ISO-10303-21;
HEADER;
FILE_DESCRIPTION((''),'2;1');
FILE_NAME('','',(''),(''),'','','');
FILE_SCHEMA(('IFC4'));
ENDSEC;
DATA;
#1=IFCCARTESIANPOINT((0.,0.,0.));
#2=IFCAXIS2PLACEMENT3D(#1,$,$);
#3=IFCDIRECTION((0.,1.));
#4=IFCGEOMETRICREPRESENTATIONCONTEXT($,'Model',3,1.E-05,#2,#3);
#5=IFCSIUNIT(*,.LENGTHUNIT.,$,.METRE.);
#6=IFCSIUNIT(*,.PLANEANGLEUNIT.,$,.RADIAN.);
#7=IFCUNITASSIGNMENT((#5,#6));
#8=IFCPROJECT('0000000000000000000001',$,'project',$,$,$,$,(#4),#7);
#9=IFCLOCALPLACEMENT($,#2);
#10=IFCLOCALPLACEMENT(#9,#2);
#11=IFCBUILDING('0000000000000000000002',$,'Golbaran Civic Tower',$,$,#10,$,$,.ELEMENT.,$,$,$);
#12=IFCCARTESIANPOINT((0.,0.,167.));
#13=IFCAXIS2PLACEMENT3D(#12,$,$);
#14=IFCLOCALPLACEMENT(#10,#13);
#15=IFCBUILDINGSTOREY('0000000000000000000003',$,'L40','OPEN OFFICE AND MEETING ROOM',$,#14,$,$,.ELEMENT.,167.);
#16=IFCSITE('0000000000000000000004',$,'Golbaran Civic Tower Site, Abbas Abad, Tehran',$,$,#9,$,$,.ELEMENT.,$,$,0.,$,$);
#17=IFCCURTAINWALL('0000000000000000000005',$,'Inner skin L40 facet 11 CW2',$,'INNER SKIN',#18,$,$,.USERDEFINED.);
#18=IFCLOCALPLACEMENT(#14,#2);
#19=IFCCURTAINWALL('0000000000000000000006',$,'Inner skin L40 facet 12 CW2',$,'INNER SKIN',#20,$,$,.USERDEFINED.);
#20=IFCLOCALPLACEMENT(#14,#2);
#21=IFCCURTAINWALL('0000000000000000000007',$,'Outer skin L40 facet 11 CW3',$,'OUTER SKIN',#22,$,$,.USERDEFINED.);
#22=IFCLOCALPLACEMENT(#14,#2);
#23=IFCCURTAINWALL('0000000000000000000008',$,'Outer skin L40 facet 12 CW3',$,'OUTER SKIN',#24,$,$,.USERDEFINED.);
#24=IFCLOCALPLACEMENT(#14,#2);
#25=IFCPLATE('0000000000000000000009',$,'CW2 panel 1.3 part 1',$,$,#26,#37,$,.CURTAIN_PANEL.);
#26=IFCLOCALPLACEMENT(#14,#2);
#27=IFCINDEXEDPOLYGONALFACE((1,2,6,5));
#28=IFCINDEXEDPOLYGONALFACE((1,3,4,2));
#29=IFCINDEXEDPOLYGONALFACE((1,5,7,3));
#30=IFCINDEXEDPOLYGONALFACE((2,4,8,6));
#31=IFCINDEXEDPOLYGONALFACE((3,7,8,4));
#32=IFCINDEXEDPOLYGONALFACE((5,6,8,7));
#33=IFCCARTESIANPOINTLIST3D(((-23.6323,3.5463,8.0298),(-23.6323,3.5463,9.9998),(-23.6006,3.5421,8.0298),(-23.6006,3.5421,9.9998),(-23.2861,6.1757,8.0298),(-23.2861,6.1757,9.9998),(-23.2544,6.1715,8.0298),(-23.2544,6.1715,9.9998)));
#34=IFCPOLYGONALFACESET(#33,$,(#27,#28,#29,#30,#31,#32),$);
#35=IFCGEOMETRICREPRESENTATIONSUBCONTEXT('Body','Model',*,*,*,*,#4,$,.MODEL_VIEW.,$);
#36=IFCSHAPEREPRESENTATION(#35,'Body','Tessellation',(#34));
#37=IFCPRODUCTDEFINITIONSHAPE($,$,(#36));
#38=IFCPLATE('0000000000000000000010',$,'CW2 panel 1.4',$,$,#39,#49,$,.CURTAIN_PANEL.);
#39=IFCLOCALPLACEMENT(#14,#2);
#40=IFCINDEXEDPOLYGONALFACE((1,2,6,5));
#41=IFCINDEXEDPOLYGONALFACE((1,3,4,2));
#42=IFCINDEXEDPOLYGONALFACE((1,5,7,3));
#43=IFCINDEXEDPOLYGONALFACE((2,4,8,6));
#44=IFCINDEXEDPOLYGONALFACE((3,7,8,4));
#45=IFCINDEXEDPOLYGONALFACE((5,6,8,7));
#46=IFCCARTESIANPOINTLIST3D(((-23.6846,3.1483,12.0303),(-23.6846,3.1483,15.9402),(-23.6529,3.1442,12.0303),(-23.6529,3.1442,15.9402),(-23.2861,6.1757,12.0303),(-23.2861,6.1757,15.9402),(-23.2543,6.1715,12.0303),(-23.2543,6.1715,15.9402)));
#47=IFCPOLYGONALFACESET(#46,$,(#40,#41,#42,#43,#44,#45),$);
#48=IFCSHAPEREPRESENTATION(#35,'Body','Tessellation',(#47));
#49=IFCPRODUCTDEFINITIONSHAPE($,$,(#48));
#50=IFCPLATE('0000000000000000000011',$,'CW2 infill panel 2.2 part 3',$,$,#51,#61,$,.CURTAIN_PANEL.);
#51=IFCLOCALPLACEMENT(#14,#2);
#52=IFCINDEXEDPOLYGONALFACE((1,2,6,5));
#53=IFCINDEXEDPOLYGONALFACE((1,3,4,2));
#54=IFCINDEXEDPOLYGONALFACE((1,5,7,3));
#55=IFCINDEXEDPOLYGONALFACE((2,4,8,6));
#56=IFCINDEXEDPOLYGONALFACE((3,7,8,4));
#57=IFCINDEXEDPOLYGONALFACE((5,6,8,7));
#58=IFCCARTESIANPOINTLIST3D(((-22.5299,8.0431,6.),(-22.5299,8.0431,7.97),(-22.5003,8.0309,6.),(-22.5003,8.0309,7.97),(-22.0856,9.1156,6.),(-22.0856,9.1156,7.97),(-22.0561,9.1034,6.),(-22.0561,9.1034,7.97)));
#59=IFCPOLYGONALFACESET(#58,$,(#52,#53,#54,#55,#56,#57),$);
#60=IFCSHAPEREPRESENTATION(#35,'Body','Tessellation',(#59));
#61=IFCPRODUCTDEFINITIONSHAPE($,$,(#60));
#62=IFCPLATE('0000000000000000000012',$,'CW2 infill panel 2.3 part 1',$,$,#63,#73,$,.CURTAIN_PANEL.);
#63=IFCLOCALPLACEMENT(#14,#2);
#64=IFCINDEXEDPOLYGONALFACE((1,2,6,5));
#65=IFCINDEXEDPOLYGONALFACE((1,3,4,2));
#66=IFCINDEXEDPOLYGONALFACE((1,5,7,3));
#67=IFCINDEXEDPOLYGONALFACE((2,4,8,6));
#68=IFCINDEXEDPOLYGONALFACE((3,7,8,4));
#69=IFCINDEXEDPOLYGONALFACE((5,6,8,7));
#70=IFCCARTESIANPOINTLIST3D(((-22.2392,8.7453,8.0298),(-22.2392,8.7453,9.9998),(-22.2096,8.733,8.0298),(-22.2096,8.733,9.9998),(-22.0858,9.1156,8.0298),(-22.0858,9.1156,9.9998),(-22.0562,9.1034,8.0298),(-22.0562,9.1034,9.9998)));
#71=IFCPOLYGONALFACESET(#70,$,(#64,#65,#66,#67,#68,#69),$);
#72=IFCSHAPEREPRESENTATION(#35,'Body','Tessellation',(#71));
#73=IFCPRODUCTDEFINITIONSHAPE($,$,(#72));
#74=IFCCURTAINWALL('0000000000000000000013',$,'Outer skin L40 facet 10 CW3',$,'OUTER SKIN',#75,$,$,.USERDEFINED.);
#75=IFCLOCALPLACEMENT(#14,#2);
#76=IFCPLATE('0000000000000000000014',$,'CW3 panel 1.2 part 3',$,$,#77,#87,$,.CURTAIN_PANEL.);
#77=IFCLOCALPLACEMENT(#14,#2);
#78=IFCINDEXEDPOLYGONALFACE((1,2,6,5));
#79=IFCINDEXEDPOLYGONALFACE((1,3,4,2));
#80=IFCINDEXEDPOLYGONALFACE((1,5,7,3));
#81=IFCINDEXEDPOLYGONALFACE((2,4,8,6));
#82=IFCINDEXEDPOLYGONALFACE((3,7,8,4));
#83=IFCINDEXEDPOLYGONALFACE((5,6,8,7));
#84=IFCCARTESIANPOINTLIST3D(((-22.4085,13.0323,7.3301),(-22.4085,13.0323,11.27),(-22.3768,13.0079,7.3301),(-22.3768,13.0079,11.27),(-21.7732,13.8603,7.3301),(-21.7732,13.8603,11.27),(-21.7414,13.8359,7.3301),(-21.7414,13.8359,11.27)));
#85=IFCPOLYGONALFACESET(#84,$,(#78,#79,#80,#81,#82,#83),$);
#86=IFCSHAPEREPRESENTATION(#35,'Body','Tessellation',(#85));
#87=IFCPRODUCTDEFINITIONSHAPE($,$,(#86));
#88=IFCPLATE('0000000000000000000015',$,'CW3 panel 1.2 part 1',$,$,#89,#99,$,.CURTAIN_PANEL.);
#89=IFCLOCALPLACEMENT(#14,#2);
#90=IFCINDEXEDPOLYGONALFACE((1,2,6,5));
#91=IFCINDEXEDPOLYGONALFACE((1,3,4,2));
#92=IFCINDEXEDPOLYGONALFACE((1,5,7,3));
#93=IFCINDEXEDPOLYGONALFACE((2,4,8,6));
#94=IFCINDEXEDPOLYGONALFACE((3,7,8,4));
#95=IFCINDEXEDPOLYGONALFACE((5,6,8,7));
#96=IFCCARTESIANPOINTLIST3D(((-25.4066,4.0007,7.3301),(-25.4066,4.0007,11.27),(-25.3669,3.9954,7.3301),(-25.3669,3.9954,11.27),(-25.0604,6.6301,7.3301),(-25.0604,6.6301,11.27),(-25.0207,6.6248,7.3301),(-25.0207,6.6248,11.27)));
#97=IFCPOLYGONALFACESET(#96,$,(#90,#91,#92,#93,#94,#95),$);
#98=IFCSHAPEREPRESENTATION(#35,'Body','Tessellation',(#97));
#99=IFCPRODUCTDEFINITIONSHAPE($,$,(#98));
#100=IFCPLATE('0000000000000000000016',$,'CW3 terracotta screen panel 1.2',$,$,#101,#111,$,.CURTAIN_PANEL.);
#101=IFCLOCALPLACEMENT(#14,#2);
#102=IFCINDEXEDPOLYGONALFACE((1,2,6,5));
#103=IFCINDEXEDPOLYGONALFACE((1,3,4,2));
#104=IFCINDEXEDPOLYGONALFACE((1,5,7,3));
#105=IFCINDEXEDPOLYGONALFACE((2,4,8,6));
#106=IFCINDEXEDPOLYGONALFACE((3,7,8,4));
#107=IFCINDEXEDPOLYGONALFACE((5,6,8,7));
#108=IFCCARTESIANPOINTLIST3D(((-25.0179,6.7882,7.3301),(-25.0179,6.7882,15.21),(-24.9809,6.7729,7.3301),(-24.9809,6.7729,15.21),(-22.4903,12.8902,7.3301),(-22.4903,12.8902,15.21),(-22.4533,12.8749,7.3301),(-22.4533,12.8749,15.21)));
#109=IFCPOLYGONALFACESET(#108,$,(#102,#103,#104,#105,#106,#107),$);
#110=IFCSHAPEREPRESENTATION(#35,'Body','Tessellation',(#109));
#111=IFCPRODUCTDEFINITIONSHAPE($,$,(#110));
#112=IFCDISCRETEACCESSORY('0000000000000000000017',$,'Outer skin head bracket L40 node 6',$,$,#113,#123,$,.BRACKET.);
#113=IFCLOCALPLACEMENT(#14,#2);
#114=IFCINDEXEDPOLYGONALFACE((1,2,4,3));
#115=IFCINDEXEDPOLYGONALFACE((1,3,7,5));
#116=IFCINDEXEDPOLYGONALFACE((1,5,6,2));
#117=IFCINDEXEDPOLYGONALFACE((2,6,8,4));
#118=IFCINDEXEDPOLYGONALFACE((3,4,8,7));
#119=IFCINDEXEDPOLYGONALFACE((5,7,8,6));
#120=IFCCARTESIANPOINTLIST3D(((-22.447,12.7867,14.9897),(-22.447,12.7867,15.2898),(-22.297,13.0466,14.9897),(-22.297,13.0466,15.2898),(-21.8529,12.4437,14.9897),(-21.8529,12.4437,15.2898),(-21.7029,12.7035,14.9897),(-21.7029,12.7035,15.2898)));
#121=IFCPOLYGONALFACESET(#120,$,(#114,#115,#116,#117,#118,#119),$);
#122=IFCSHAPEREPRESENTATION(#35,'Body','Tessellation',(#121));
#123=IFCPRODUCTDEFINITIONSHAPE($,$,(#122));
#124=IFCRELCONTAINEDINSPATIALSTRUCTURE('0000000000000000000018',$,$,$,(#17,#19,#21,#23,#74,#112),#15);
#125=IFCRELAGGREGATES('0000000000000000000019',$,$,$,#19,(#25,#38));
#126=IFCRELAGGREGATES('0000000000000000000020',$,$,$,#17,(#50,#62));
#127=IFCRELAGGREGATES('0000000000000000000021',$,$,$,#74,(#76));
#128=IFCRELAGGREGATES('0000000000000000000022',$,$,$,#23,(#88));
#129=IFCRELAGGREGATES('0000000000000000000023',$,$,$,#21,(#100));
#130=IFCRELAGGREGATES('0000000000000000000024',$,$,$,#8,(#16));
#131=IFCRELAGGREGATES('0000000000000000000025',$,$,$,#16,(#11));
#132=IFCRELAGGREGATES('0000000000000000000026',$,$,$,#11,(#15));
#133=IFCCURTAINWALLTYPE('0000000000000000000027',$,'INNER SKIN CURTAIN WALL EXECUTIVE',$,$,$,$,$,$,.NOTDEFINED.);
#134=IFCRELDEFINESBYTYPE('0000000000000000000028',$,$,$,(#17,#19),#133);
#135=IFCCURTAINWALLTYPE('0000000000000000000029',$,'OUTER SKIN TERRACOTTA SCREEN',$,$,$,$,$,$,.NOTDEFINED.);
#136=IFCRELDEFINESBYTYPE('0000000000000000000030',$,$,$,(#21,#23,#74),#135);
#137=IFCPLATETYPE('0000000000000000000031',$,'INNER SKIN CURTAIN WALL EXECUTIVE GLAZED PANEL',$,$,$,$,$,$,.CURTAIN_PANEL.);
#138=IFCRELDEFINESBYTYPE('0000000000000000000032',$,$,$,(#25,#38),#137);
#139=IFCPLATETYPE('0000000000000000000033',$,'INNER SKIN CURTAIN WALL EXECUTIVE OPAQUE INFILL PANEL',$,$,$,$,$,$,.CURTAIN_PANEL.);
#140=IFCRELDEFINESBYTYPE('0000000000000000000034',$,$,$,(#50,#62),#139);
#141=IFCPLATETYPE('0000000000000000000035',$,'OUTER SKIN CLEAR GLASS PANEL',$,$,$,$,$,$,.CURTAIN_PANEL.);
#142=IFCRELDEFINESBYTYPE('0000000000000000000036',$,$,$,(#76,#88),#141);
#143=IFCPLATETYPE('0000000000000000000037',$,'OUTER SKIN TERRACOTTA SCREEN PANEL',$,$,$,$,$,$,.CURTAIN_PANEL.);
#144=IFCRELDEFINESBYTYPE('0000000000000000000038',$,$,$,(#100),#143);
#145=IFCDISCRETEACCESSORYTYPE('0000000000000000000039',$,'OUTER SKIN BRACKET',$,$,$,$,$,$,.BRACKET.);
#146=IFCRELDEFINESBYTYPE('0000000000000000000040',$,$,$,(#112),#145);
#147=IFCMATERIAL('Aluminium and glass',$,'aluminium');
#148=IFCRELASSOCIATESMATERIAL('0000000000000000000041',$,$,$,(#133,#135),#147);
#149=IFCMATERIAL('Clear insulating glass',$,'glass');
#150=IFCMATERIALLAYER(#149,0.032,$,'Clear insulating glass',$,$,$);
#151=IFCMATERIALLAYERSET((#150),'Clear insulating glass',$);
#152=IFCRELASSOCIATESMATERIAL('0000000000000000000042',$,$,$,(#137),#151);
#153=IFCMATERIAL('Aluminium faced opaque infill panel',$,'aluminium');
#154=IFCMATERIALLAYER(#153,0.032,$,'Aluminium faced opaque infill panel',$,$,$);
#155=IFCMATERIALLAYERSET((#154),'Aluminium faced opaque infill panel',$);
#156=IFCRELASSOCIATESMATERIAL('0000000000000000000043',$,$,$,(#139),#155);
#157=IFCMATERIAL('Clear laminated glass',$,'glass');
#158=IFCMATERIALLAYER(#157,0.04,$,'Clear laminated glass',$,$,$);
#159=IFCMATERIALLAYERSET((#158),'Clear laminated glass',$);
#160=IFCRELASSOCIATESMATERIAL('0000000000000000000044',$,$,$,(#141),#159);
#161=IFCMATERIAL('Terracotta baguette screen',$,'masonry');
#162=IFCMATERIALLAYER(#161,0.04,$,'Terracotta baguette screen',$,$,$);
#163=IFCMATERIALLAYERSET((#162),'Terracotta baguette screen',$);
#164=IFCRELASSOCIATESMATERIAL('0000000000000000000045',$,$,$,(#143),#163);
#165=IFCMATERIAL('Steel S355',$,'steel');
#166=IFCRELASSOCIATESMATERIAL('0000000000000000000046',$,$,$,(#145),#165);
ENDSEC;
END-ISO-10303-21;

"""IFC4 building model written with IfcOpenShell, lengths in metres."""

from ifc_helpers import new_model, si_unit, direction, frame, origin, origin_2d, place, context, subcontext, project, spatial, rectangle, extrude, material, layer, layer_set, type_object, element, aggregate, save


model = new_model("IFC4")

# Units and contexts
model_context = context("Model", 3, precision=1e-05, world=origin(), true_north=direction((0.0, 1.0)))
body_context = subcontext(model_context, "Body", "Model", "MODEL_VIEW")
ifc_project = project(units=[si_unit("LENGTHUNIT", "METRE"), si_unit("PLANEANGLEUNIT", "RADIAN")], contexts=[model_context])

# Site, building, storey
site_placement = place(None, origin())
site = spatial("IfcSite", under=ifc_project, at=site_placement, Name="Golbaran Civic Tower Site, Abbas Abad, Tehran", CompositionType="ELEMENT", RefElevation=0.0)
building_placement = place(site_placement, origin())
building = spatial("IfcBuilding", under=site, at=building_placement, Name="Golbaran Civic Tower", CompositionType="ELEMENT")
storey_placement = place(building_placement, frame((0.0, 0.0, 167.0)))
storey = spatial("IfcBuildingStorey", under=building, at=storey_placement, Name="L40", Description="OPEN OFFICE AND MEETING ROOM", CompositionType="ELEMENT", Elevation=167.0)

# Curtain walls
ifc_material_1 = material(Name="Aluminium and glass", Category="aluminium")
curtain_wall_type_1 = type_object("IfcCurtainWallType", Name="INNER SKIN CURTAIN WALL EXECUTIVE", PredefinedType="NOTDEFINED", material=ifc_material_1)
curtain_wall_1_placement = place(storey_placement, origin())
curtain_wall_1 = element("IfcCurtainWall", 1, at=curtain_wall_1_placement, inside=storey, type_object=curtain_wall_type_1, Name="Inner skin L40 facet 11 CW2", ObjectType="INNER SKIN", PredefinedType="USERDEFINED")
curtain_wall_2_placement = place(storey_placement, origin())
curtain_wall_2 = element("IfcCurtainWall", 2, at=curtain_wall_2_placement, inside=storey, type_object=curtain_wall_type_1, Name="Inner skin L40 facet 12 CW2", ObjectType="INNER SKIN", PredefinedType="USERDEFINED")
curtain_wall_type_2 = type_object("IfcCurtainWallType", Name="OUTER SKIN TERRACOTTA SCREEN", PredefinedType="NOTDEFINED", material=ifc_material_1)
curtain_wall_3_placement = place(storey_placement, origin())
curtain_wall_3 = element("IfcCurtainWall", 3, at=curtain_wall_3_placement, inside=storey, type_object=curtain_wall_type_2, Name="Outer skin L40 facet 11 CW3", ObjectType="OUTER SKIN", PredefinedType="USERDEFINED")
curtain_wall_4_placement = place(storey_placement, origin())
curtain_wall_4 = element("IfcCurtainWall", 4, at=curtain_wall_4_placement, inside=storey, type_object=curtain_wall_type_2, Name="Outer skin L40 facet 12 CW3", ObjectType="OUTER SKIN", PredefinedType="USERDEFINED")

# Plates
ifc_material_2 = material(Name="Clear insulating glass", Category="glass")
ifc_layer_1 = layer(ifc_material_2, 0.032, Name="Clear insulating glass")
ifc_layer_set_1 = layer_set([ifc_layer_1], Name="Clear insulating glass")
plate_type_1 = type_object("IfcPlateType", Name="INNER SKIN CURTAIN WALL EXECUTIVE GLAZED PANEL", PredefinedType="CURTAIN_PANEL", material=ifc_layer_set_1)
plate_1_placement = place(storey_placement, frame((-23.4434, 4.8589, 8.0298), z_axis=(0.0, 0.0, 1.0), x_axis=(-0.130526, -0.991445, 0.0)))
plate_1 = element("IfcPlate", 5, at=plate_1_placement, type_object=plate_type_1, Name="CW2 panel 1.3 part 1", PredefinedType="CURTAIN_PANEL", context=body_context, shape_type="SweptSolid", body=[
    extrude(rectangle(XDim=2.6521, YDim=0.032, at=origin_2d()), origin(), (0.0, 0.0, 1.0), 1.97),
])
plate_2_placement = place(storey_placement, frame((-23.4695, 4.6599, 12.0303), z_axis=(0.0, 0.0, 1.0), x_axis=(-0.130526, -0.991445, 0.0)))
plate_2 = element("IfcPlate", 6, at=plate_2_placement, type_object=plate_type_1, Name="CW2 panel 1.4", PredefinedType="CURTAIN_PANEL", context=body_context, shape_type="SweptSolid", body=[
    extrude(rectangle(XDim=3.0535, YDim=0.032, at=origin_2d()), origin(), (0.0, 0.0, 1.0), 3.9099),
])
aggregate(curtain_wall_2, [plate_1, plate_2])
ifc_material_3 = material(Name="Aluminium faced opaque infill panel", Category="aluminium")
ifc_layer_2 = layer(ifc_material_3, 0.032, Name="Aluminium faced opaque infill panel")
ifc_layer_set_2 = layer_set([ifc_layer_2], Name="Aluminium faced opaque infill panel")
plate_type_2 = type_object("IfcPlateType", Name="INNER SKIN CURTAIN WALL EXECUTIVE OPAQUE INFILL PANEL", PredefinedType="CURTAIN_PANEL", material=ifc_layer_set_2)
plate_3_placement = place(storey_placement, frame((-22.293, 8.5732, 6.0), z_axis=(0.0, 0.0, 1.0), x_axis=(-0.382683, -0.92388, 0.0)))
plate_3 = element("IfcPlate", 7, at=plate_3_placement, type_object=plate_type_2, Name="CW2 infill panel 2.2 part 3", PredefinedType="CURTAIN_PANEL", context=body_context, shape_type="SweptSolid", body=[
    extrude(rectangle(XDim=1.1609, YDim=0.032, at=origin_2d()), origin(), (0.0, 0.0, 1.0), 1.97),
])
plate_4_placement = place(storey_placement, frame((-22.1477, 8.9243, 8.0298), z_axis=(0.0, 0.0, 1.0), x_axis=(-0.382683, -0.92388, 0.0)))
plate_4 = element("IfcPlate", 8, at=plate_4_placement, type_object=plate_type_2, Name="CW2 infill panel 2.3 part 1", PredefinedType="CURTAIN_PANEL", context=body_context, shape_type="SweptSolid", body=[
    extrude(rectangle(XDim=0.4009, YDim=0.032, at=origin_2d()), origin(), (0.0, 0.0, 1.0), 1.97),
])
aggregate(curtain_wall_1, [plate_3, plate_4])

# Curtain wall, plate
curtain_wall_5_placement = place(storey_placement, origin())
curtain_wall_5 = element("IfcCurtainWall", 9, at=curtain_wall_5_placement, inside=storey, type_object=curtain_wall_type_2, Name="Outer skin L40 facet 10 CW3", ObjectType="OUTER SKIN", PredefinedType="USERDEFINED")
ifc_material_4 = material(Name="Clear laminated glass", Category="glass")
ifc_layer_3 = layer(ifc_material_4, 0.04, Name="Clear laminated glass")
ifc_layer_set_3 = layer_set([ifc_layer_3], Name="Clear laminated glass")
plate_type_3 = type_object("IfcPlateType", Name="OUTER SKIN CLEAR GLASS PANEL", PredefinedType="CURTAIN_PANEL", material=ifc_layer_set_3)
plate_5_placement = place(storey_placement, frame((-22.075, 13.4341, 7.3301), z_axis=(0.0, 0.0, 1.0), x_axis=(-0.608761, -0.793353, 0.0)))
plate_5 = element("IfcPlate", 10, at=plate_5_placement, type_object=plate_type_3, Name="CW3 panel 1.2 part 3", PredefinedType="CURTAIN_PANEL", context=body_context, shape_type="SweptSolid", body=[
    extrude(rectangle(XDim=1.0437, YDim=0.04, at=origin_2d()), origin(), (0.0, 0.0, 1.0), 3.9399),
])
aggregate(curtain_wall_5, [plate_5])

# Plates
plate_6_placement = place(storey_placement, frame((-25.2136, 5.3127, 7.3301), z_axis=(0.0, 0.0, 1.0), x_axis=(-0.130526, -0.991445, 0.0)))
plate_6 = element("IfcPlate", 11, at=plate_6_placement, type_object=plate_type_3, Name="CW3 panel 1.2 part 1", PredefinedType="CURTAIN_PANEL", context=body_context, shape_type="SweptSolid", body=[
    extrude(rectangle(XDim=2.6521, YDim=0.04, at=origin_2d()), origin(), (0.0, 0.0, 1.0), 3.9399),
])
aggregate(curtain_wall_4, [plate_6])
ifc_material_5 = material(Name="Terracotta baguette screen", Category="masonry")
ifc_layer_4 = layer(ifc_material_5, 0.04, Name="Terracotta baguette screen")
ifc_layer_set_4 = layer_set([ifc_layer_4], Name="Terracotta baguette screen")
plate_type_4 = type_object("IfcPlateType", Name="OUTER SKIN TERRACOTTA SCREEN PANEL", PredefinedType="CURTAIN_PANEL", material=ifc_layer_set_4)
plate_7_placement = place(storey_placement, frame((-23.7356, 9.8315, 7.3301), z_axis=(0.0, 0.0, 1.0), x_axis=(-0.382683, -0.92388, 0.0)))
plate_7 = element("IfcPlate", 12, at=plate_7_placement, type_object=plate_type_4, Name="CW3 terracotta screen panel 1.2", PredefinedType="CURTAIN_PANEL", context=body_context, shape_type="SweptSolid", body=[
    extrude(rectangle(XDim=6.6047, YDim=0.04, at=origin_2d()), origin(), (0.0, 0.0, 1.0), 7.8799),
])
aggregate(curtain_wall_3, [plate_7])

# Discrete accessory
ifc_material_6 = material(Name="Steel S355", Category="steel")
discrete_accessory_type = type_object("IfcDiscreteAccessoryType", Name="OUTER SKIN BRACKET", PredefinedType="BRACKET", material=ifc_material_6)
discrete_accessory_placement = place(storey_placement, frame((-22.075, 12.7451, 14.9897), z_axis=(0.0, 0.0, 1.0), x_axis=(-0.866025, 0.5, 0.0)))
element("IfcDiscreteAccessory", 13, at=discrete_accessory_placement, inside=storey, type_object=discrete_accessory_type, Name="Outer skin head bracket L40 node 6", PredefinedType="BRACKET", context=body_context, shape_type="SweptSolid", body=[
    extrude(rectangle(XDim=0.686, YDim=0.3, at=origin_2d()), origin(), (0.0, 0.0, 1.0), 0.3),
])

save(model, "model.ifc")
